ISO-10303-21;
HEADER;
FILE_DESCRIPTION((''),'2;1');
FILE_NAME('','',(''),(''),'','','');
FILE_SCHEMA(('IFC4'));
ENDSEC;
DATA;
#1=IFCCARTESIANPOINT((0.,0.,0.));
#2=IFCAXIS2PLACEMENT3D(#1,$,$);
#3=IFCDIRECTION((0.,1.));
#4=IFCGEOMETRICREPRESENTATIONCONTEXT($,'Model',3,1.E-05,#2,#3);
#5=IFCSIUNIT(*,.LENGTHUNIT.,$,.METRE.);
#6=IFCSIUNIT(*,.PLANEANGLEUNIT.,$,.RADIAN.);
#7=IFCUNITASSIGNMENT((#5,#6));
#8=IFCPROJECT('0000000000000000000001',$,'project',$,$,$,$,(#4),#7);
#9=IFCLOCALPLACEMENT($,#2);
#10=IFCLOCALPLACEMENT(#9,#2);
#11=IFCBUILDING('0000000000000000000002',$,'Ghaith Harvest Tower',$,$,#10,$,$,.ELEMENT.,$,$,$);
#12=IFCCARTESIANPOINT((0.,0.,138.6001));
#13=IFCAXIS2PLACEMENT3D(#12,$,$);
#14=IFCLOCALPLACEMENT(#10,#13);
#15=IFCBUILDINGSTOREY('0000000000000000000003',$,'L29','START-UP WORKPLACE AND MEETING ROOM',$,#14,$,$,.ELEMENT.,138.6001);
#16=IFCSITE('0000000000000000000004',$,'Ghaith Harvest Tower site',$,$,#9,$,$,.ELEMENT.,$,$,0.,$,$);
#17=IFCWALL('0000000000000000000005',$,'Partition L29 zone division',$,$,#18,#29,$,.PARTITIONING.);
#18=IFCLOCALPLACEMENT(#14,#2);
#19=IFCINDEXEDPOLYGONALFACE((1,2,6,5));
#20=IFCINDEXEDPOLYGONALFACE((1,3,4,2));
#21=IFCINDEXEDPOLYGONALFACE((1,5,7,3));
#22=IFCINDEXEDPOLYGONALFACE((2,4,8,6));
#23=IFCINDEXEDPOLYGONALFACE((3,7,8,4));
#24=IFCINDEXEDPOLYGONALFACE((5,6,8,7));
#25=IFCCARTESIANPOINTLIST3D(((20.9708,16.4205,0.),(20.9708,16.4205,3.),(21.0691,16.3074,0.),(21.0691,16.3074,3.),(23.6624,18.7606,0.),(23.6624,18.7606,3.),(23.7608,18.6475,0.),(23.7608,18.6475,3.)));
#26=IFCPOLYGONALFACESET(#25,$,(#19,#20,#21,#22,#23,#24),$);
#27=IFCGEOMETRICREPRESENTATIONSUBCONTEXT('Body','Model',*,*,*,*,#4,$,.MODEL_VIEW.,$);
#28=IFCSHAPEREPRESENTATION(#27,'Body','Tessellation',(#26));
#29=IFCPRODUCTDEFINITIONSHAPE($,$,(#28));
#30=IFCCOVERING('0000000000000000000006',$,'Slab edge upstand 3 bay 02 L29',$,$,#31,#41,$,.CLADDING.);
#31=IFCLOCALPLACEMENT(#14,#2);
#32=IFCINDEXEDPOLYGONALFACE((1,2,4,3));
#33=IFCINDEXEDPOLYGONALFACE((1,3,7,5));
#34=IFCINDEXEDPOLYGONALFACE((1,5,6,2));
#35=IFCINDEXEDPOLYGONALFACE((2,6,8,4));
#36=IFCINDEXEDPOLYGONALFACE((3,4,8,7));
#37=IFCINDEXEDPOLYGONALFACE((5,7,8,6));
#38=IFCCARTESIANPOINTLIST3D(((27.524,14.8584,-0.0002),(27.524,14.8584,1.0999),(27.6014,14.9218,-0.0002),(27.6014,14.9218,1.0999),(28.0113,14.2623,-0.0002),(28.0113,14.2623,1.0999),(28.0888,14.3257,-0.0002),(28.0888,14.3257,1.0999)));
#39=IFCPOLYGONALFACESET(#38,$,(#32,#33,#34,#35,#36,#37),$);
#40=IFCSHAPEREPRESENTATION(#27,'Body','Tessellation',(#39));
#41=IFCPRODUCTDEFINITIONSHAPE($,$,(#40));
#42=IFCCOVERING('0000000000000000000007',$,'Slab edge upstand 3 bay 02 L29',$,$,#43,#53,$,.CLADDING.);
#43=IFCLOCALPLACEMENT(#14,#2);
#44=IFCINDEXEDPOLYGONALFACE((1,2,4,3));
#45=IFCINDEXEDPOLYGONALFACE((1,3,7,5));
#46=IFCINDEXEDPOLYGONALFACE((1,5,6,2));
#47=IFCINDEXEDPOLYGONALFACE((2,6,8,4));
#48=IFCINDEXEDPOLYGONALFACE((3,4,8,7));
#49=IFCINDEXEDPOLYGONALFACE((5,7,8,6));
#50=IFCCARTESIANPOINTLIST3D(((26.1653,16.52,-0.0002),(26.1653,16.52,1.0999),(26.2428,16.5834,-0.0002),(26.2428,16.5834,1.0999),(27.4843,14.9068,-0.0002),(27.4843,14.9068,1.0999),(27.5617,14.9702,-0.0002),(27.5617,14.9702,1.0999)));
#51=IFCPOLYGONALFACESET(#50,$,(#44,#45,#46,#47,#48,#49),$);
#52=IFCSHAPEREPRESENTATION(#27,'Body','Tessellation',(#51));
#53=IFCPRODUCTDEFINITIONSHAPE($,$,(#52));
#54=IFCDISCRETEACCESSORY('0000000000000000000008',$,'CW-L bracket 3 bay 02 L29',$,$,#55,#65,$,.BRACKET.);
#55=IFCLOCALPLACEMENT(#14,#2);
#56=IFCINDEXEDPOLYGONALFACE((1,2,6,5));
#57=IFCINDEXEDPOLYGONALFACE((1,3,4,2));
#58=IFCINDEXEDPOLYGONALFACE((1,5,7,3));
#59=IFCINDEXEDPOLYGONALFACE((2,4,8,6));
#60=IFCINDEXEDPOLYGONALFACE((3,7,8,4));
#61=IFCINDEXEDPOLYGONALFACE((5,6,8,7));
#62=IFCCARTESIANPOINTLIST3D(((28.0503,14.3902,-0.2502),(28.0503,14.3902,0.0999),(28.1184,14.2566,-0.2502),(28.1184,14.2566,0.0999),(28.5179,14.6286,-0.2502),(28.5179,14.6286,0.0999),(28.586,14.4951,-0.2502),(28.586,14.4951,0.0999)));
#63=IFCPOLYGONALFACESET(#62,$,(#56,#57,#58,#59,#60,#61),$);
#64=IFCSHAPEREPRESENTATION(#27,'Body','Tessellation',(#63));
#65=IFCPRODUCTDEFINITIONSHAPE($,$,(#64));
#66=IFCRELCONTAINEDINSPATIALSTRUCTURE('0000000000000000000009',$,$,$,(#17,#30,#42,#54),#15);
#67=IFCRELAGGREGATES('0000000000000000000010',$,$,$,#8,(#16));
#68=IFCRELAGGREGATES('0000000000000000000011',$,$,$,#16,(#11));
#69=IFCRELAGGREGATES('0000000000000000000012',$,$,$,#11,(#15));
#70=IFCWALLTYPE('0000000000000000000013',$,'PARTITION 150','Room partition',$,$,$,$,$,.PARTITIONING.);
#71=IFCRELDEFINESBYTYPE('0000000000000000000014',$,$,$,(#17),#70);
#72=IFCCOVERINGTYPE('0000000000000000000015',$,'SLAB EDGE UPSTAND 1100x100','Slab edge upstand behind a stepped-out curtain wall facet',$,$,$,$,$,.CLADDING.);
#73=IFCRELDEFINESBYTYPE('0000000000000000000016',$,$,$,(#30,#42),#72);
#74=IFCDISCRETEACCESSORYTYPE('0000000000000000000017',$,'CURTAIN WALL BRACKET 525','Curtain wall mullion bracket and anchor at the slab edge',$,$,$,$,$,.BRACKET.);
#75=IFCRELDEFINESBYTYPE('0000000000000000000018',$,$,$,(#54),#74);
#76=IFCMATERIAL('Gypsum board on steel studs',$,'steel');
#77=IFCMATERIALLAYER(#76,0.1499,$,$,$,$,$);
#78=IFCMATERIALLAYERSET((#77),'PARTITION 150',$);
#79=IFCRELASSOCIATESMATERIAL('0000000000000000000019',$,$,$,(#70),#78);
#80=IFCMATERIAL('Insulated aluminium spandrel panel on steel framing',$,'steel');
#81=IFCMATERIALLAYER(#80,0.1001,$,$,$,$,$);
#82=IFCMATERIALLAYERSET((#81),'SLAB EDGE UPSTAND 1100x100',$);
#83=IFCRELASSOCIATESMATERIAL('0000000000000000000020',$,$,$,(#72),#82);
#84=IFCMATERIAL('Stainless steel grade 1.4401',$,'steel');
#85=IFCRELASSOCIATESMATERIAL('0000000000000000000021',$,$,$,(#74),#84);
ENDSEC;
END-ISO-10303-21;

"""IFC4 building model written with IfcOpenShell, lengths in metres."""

from ifc_helpers import new_model, si_unit, direction, frame, frame_2d, origin, origin_2d, place, context, subcontext, project, spatial, rectangle, extrude, material, layer, layer_set, type_object, element, save


model = new_model("IFC4")

# Units and contexts
model_context = context("Model", 3, precision=1e-05, world=origin(), true_north=direction((0.0, 1.0)))
body_context = subcontext(model_context, "Body", "Model", "MODEL_VIEW")
ifc_project = project(units=[si_unit("LENGTHUNIT", "METRE"), si_unit("PLANEANGLEUNIT", "RADIAN")], contexts=[model_context])

# Site, building, storey
site_placement = place(None, origin())
site = spatial("IfcSite", under=ifc_project, at=site_placement, Name="Ghaith Harvest Tower site", CompositionType="ELEMENT", RefElevation=0.0)
building_placement = place(site_placement, origin())
building = spatial("IfcBuilding", under=site, at=building_placement, Name="Ghaith Harvest Tower", CompositionType="ELEMENT")
storey_placement = place(building_placement, frame((0.0, 0.0, 138.6001)))
storey = spatial("IfcBuildingStorey", under=building, at=storey_placement, Name="L29", Description="START-UP WORKPLACE AND MEETING ROOM", CompositionType="ELEMENT", Elevation=138.6001)

# Wall
ifc_material_1 = material(Name="Gypsum board on steel studs", Category="steel")
ifc_layer_1 = layer(ifc_material_1, 0.1499)
ifc_layer_set_1 = layer_set([ifc_layer_1], Name="PARTITION 150")
wall_type_1 = type_object("IfcWallType", Name="PARTITION 150", Description="Room partition", PredefinedType="PARTITIONING", material=ifc_layer_set_1)
wall_placement = place(storey_placement, frame((21.02, 16.364, 0.0), z_axis=(0.0, 0.0, 1.0), x_axis=(0.754672, 0.656102, 0.0)))
element("IfcWall", 1, at=wall_placement, inside=storey, type_object=wall_type_1, Name="Partition L29 zone division", PredefinedType="PARTITIONING", context=body_context, shape_type="SweptSolid", body=[
    extrude(rectangle(XDim=3.5667, YDim=0.1499, at=frame_2d((1.7832, 0.0))), origin(), (0.0, 0.0, 1.0), 3.0),
])

# Coverings
ifc_material_2 = material(Name="Insulated aluminium spandrel panel on steel framing", Category="steel")
ifc_layer_2 = layer(ifc_material_2, 0.1001)
ifc_layer_set_2 = layer_set([ifc_layer_2], Name="SLAB EDGE UPSTAND 1100x100")
covering_type = type_object("IfcCoveringType", Name="SLAB EDGE UPSTAND 1100x100", Description="Slab edge upstand behind a stepped-out curtain wall facet", PredefinedType="CLADDING", material=ifc_layer_set_2)
covering_1_placement = place(storey_placement, frame((27.8064, 14.592, -0.0002), z_axis=(0.0, 0.0, 1.0), x_axis=(-0.63297, 0.774177, 0.0)))
element("IfcCovering", 2, at=covering_1_placement, inside=storey, type_object=covering_type, Name="Slab edge upstand 3 bay 02 L29", PredefinedType="CLADDING", context=body_context, shape_type="SweptSolid", body=[
    extrude(rectangle(XDim=0.77, YDim=0.1001, at=origin_2d()), origin(), (0.0, 0.0, 1.0), 1.1001),
])
covering_2_placement = place(storey_placement, frame((26.8635, 15.7451, -0.0002), z_axis=(0.0, 0.0, 1.0), x_axis=(-0.63297, 0.774177, 0.0)))
element("IfcCovering", 3, at=covering_2_placement, inside=storey, type_object=covering_type, Name="Slab edge upstand 3 bay 02 L29", PredefinedType="CLADDING", context=body_context, shape_type="SweptSolid", body=[
    extrude(rectangle(XDim=2.0837, YDim=0.1001, at=origin_2d()), origin(), (0.0, 0.0, 1.0), 1.1001),
])

# Discrete accessory
ifc_material_3 = material(Name="Stainless steel grade 1.4401", Category="steel")
discrete_accessory_type = type_object("IfcDiscreteAccessoryType", Name="CURTAIN WALL BRACKET 525", Description="Curtain wall mullion bracket and anchor at the slab edge", PredefinedType="BRACKET", material=ifc_material_3)
discrete_accessory_placement = place(storey_placement, frame((28.3181, 14.4426, -0.2502), z_axis=(0.0, 0.0, 1.0), x_axis=(0.890831, 0.454335, 0.0)))
element("IfcDiscreteAccessory", 4, at=discrete_accessory_placement, inside=storey, type_object=discrete_accessory_type, Name="CW-L bracket 3 bay 02 L29", PredefinedType="BRACKET", context=body_context, shape_type="SweptSolid", body=[
    extrude(rectangle(XDim=0.5249, YDim=0.1499, at=origin_2d()), origin(), (0.0, 0.0, 1.0), 0.3501),
])

save(model, "model.ifc")
